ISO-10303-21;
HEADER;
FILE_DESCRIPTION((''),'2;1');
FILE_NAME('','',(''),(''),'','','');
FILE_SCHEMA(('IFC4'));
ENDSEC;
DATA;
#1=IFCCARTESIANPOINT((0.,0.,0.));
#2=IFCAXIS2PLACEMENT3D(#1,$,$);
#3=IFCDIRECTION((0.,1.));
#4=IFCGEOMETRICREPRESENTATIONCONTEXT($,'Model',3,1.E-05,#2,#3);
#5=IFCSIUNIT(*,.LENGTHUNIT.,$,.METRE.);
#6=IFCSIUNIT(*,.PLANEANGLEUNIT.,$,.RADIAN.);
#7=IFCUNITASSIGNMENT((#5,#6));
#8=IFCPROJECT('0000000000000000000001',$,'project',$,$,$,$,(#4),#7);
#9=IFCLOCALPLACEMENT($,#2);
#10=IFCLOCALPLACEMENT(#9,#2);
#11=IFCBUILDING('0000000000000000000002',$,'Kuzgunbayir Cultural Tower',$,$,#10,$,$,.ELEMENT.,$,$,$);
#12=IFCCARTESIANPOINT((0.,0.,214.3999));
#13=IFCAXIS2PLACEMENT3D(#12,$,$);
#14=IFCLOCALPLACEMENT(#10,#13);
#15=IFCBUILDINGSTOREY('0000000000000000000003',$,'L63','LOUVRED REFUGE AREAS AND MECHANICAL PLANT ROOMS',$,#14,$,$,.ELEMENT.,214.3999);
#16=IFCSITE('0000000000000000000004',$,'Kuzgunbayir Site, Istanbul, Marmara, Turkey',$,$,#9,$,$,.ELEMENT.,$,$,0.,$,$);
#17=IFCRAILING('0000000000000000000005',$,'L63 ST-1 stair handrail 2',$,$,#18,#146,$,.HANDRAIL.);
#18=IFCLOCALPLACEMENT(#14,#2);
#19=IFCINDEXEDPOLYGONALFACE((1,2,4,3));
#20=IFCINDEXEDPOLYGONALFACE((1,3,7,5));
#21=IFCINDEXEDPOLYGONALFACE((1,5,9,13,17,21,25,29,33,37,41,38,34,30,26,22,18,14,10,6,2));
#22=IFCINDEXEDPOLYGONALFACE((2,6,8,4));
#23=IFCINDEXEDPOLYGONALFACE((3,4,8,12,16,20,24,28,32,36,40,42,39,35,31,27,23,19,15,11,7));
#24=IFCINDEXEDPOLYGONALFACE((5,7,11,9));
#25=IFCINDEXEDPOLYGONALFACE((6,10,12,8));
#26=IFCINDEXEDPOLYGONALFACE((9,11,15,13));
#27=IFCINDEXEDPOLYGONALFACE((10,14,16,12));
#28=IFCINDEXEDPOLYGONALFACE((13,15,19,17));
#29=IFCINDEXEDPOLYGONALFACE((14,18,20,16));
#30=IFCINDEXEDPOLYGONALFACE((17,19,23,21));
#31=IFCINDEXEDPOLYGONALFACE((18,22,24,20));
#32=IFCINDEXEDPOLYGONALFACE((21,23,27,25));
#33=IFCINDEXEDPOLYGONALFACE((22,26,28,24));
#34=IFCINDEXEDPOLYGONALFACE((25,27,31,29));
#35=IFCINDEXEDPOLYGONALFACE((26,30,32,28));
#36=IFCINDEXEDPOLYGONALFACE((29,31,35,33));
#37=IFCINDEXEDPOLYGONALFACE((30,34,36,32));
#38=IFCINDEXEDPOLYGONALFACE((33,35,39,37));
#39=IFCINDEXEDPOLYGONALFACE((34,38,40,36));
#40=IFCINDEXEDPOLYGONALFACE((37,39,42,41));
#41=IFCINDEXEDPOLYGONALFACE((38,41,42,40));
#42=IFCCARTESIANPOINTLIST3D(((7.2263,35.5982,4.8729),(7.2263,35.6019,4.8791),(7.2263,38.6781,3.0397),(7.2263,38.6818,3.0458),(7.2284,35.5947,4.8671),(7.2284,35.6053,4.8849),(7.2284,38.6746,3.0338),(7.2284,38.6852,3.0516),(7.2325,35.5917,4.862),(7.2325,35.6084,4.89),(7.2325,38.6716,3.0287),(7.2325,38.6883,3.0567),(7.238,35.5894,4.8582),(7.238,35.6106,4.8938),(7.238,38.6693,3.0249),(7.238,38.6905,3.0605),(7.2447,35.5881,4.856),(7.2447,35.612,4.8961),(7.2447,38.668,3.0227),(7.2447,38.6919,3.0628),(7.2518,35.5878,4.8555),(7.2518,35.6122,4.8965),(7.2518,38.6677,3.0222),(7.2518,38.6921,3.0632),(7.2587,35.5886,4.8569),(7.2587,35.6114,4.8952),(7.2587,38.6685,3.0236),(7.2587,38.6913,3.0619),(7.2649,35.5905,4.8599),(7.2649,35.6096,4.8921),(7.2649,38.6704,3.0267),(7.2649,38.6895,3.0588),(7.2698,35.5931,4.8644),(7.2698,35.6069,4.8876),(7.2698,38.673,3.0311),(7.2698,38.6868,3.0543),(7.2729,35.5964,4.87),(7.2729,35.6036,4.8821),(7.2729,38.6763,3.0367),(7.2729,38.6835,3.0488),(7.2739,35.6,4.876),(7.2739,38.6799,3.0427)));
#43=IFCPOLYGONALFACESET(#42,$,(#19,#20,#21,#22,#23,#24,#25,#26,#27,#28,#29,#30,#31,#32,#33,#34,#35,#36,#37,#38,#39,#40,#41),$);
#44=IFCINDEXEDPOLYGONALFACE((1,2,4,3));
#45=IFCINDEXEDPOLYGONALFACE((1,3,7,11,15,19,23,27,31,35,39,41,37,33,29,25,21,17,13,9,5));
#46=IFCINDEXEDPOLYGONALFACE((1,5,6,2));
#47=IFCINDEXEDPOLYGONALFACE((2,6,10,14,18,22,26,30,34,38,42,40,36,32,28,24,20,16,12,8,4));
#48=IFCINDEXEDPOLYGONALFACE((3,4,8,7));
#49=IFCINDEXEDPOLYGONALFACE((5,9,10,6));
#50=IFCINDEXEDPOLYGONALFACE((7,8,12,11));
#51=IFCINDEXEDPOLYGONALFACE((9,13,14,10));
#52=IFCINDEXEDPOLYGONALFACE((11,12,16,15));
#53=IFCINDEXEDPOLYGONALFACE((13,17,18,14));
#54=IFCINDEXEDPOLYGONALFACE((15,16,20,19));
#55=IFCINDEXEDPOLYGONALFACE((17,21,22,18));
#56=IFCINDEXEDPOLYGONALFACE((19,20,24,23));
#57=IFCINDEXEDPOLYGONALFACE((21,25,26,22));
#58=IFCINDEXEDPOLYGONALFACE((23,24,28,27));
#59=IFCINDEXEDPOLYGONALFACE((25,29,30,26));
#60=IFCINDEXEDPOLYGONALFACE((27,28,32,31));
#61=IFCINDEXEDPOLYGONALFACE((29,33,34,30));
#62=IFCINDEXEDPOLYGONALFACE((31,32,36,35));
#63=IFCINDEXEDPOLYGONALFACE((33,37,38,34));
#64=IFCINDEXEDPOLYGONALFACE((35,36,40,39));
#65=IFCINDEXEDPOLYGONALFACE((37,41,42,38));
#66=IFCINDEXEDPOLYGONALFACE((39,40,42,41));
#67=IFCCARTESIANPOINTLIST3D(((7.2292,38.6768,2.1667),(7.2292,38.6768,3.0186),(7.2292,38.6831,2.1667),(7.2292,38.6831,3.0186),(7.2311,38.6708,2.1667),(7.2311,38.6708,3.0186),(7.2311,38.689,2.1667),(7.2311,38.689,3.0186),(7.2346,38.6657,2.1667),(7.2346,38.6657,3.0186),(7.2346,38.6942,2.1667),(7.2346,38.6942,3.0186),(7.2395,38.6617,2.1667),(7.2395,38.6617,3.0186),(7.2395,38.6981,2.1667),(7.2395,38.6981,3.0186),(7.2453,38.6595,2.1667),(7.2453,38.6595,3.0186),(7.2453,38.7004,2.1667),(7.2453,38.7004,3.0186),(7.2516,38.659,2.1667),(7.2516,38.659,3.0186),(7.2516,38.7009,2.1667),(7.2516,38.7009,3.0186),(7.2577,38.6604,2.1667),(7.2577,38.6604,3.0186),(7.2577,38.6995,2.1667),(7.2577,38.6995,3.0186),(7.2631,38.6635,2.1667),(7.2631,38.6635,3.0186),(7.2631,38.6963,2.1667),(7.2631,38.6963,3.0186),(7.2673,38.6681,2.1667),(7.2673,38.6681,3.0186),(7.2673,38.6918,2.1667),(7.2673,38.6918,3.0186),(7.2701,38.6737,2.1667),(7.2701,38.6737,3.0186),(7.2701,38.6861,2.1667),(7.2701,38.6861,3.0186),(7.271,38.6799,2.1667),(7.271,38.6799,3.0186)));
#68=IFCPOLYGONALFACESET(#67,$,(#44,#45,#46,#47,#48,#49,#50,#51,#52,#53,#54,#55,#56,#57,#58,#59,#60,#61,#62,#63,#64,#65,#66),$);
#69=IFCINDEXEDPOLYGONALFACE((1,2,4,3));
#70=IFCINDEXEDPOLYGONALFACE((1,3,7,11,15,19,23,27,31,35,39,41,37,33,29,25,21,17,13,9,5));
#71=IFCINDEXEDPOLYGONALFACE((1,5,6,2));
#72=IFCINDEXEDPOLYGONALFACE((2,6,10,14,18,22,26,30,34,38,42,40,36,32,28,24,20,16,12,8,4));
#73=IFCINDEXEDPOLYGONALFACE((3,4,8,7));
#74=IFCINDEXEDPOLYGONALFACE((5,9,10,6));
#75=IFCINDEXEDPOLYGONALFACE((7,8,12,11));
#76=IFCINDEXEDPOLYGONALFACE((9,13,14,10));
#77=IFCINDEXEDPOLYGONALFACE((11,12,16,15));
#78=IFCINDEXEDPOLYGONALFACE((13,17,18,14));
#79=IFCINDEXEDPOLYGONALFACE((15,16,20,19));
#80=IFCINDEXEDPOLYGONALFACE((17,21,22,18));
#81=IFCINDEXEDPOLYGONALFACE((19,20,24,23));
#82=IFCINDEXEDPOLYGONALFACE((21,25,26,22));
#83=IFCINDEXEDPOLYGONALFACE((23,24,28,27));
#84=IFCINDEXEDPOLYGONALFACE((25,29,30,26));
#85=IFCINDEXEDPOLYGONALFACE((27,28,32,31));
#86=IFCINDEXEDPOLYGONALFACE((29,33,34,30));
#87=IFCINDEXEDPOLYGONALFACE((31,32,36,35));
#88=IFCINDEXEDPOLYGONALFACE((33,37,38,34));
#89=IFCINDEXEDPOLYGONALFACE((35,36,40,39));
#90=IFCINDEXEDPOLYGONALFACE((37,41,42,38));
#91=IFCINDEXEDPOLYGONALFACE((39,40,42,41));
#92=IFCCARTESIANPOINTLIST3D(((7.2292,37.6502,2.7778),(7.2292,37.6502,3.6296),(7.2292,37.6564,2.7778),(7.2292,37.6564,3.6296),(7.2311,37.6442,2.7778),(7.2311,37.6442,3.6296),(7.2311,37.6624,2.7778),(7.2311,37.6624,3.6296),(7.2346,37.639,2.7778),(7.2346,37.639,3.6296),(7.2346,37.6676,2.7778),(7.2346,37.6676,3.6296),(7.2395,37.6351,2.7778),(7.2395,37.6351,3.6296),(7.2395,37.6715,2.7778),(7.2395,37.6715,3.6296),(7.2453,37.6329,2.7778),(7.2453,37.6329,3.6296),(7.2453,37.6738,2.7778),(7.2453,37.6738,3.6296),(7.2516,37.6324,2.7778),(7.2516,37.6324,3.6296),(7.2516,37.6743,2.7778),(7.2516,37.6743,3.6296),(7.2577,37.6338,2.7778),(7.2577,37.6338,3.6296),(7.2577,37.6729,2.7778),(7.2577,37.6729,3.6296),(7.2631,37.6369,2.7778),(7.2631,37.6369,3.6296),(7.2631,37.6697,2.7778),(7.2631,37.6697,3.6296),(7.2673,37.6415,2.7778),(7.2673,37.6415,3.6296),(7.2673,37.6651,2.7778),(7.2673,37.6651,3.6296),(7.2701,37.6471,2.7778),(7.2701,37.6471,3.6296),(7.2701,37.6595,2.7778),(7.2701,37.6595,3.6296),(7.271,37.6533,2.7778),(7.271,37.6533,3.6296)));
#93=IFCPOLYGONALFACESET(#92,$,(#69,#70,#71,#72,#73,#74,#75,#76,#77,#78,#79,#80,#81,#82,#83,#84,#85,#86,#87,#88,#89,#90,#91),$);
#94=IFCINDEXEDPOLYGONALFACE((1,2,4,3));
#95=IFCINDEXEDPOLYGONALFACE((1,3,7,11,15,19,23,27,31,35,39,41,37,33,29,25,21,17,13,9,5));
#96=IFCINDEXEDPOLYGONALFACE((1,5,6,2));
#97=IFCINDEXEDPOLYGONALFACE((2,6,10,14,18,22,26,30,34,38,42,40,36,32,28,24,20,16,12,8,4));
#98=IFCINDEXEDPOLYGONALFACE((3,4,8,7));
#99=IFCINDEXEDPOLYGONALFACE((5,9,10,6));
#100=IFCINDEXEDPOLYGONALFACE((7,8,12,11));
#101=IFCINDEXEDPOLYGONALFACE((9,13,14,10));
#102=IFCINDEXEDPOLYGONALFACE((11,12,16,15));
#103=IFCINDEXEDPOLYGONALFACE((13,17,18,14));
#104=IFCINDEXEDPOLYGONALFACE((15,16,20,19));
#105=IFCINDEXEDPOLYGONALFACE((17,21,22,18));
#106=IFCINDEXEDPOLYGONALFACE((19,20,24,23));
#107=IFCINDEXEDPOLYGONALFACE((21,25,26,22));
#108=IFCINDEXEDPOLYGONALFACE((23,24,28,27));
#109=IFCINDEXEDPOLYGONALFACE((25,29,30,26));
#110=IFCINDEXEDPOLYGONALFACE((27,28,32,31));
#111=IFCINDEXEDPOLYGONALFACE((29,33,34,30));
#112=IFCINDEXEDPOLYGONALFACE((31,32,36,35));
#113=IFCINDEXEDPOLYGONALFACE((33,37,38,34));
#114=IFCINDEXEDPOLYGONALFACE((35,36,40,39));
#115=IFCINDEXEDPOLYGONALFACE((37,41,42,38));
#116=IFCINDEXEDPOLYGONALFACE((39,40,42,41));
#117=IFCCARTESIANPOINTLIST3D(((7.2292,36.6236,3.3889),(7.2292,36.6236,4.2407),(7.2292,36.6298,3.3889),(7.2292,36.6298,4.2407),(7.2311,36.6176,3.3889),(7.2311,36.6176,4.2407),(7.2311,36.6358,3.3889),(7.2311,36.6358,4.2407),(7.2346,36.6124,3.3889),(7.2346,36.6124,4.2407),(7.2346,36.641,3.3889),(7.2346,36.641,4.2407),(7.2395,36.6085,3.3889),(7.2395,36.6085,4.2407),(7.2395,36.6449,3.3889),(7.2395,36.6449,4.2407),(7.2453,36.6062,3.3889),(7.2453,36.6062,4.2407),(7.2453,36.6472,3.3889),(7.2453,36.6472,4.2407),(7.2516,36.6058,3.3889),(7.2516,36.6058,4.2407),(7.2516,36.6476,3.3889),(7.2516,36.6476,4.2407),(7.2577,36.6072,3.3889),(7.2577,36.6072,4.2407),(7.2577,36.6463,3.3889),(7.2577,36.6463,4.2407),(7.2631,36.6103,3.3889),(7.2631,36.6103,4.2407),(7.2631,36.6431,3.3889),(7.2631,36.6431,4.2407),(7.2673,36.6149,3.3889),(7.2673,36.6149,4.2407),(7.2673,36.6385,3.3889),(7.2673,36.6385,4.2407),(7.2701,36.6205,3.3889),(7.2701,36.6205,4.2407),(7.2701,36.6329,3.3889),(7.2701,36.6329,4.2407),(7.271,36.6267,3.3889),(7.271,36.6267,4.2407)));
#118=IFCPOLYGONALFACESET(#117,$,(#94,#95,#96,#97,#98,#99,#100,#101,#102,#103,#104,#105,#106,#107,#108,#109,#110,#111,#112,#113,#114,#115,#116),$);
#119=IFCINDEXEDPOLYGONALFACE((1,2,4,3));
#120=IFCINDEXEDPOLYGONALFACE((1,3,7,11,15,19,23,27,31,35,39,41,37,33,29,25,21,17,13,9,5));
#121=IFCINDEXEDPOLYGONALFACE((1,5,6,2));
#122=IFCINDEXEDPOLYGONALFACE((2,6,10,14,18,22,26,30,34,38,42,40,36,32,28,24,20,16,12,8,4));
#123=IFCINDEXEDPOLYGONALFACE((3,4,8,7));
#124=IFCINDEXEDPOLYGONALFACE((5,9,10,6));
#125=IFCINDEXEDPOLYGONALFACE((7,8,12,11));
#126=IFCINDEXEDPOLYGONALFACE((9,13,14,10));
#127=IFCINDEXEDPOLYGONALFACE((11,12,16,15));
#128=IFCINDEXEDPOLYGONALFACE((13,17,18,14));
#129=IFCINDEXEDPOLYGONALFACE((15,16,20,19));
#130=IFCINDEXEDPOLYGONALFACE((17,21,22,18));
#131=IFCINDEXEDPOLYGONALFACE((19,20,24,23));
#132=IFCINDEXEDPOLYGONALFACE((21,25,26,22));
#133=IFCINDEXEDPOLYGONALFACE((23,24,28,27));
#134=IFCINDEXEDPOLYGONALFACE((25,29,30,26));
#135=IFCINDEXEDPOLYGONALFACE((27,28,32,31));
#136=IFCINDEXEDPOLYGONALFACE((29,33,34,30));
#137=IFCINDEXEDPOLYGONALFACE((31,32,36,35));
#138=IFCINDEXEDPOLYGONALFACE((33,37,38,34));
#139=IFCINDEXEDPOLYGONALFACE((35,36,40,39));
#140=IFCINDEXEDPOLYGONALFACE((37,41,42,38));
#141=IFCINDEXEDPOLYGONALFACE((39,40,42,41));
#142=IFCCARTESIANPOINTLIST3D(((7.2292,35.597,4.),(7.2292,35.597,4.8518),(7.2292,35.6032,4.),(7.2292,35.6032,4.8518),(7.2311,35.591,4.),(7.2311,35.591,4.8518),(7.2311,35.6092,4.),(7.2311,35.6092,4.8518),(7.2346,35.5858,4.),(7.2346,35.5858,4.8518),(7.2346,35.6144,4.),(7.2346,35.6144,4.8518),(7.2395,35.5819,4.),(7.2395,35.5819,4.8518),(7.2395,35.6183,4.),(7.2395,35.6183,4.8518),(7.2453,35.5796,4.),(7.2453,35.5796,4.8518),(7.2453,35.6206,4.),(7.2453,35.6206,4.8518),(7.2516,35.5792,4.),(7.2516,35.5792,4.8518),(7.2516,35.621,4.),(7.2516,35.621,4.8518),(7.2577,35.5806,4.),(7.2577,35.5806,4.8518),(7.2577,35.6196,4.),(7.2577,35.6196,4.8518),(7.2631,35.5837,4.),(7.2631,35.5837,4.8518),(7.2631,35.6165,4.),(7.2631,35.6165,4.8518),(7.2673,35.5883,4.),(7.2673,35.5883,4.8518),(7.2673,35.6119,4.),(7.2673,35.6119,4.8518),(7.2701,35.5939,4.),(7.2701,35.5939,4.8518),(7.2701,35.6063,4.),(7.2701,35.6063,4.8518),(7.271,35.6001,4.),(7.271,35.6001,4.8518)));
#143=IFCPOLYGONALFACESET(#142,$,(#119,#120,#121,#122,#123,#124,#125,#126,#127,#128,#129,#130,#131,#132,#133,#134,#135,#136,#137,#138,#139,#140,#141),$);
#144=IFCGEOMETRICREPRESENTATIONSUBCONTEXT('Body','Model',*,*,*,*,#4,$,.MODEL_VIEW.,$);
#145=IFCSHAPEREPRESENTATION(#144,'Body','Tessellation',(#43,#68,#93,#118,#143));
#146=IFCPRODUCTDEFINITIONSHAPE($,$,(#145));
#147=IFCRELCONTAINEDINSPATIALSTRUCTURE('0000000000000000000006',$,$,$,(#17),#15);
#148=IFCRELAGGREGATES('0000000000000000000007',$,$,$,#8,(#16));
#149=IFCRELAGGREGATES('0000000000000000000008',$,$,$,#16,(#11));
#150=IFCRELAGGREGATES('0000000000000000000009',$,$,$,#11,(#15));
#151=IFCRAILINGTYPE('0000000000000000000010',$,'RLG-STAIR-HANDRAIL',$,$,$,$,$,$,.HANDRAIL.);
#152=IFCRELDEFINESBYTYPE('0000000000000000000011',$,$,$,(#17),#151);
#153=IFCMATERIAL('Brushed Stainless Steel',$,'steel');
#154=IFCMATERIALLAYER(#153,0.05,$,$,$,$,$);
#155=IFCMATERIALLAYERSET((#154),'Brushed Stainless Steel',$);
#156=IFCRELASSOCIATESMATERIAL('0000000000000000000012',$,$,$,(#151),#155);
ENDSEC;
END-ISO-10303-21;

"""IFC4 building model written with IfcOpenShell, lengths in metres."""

from ifc_helpers import new_model, si_unit, direction, frame, origin, origin_2d, place, context, subcontext, project, spatial, circle, extrude, material, layer, layer_set, type_object, element, save


model = new_model("IFC4")

# Units and contexts
model_context = context("Model", 3, precision=1e-05, world=origin(), true_north=direction((0.0, 1.0)))
body_context = subcontext(model_context, "Body", "Model", "MODEL_VIEW")
ifc_project = project(units=[si_unit("LENGTHUNIT", "METRE"), si_unit("PLANEANGLEUNIT", "RADIAN")], contexts=[model_context])

# Site, building, storey
site_placement = place(None, origin())
site = spatial("IfcSite", under=ifc_project, at=site_placement, Name="Kuzgunbayir Site, Istanbul, Marmara, Turkey", CompositionType="ELEMENT", RefElevation=0.0)
building_placement = place(site_placement, origin())
building = spatial("IfcBuilding", under=site, at=building_placement, Name="Kuzgunbayir Cultural Tower", CompositionType="ELEMENT")
storey_placement = place(building_placement, frame((0.0, 0.0, 214.3999)))
storey = spatial("IfcBuildingStorey", under=building, at=storey_placement, Name="L63", Description="LOUVRED REFUGE AREAS AND MECHANICAL PLANT ROOMS", CompositionType="ELEMENT", Elevation=214.3999)

# Shared definitions
ifc_material_1 = material(Name="Brushed Stainless Steel", Category="steel")

# Railing
ifc_layer_1 = layer(ifc_material_1, 0.05)
ifc_layer_set_1 = layer_set([ifc_layer_1], Name="Brushed Stainless Steel")
railing_type_1 = type_object("IfcRailingType", Name="RLG-STAIR-HANDRAIL", PredefinedType="HANDRAIL", material=ifc_layer_set_1)
railing_1_placement = place(storey_placement, frame((7.25, 38.6799, 2.1667)))
element("IfcRailing", 1, at=railing_1_placement, inside=storey, type_object=railing_type_1, Name="L63 ST-1 stair handrail 2", PredefinedType="HANDRAIL", context=body_context, shape_type="SweptSolid", body=[
    extrude(circle(Radius=0.0239, at=origin_2d()), frame((0.0, 0.0, 0.876), z_axis=(0.0, -0.859291, 0.511487), x_axis=(1.0, 0.0, 0.0)), (0.0, 0.0, 1.0), 3.5842),
    extrude(circle(Radius=0.021, at=origin_2d()), origin(), (0.0, 0.0, 1.0), 0.8518),
    extrude(circle(Radius=0.021, at=origin_2d()), frame((0.0, -1.0266, 0.6111)), (0.0, 0.0, 1.0), 0.8518),
    extrude(circle(Radius=0.021, at=origin_2d()), frame((0.0, -2.0532, 1.2222)), (0.0, 0.0, 1.0), 0.8518),
    extrude(circle(Radius=0.021, at=origin_2d()), frame((0.0, -3.0798, 1.8333)), (0.0, 0.0, 1.0), 0.8518),
])

save(model, "model.ifc")
